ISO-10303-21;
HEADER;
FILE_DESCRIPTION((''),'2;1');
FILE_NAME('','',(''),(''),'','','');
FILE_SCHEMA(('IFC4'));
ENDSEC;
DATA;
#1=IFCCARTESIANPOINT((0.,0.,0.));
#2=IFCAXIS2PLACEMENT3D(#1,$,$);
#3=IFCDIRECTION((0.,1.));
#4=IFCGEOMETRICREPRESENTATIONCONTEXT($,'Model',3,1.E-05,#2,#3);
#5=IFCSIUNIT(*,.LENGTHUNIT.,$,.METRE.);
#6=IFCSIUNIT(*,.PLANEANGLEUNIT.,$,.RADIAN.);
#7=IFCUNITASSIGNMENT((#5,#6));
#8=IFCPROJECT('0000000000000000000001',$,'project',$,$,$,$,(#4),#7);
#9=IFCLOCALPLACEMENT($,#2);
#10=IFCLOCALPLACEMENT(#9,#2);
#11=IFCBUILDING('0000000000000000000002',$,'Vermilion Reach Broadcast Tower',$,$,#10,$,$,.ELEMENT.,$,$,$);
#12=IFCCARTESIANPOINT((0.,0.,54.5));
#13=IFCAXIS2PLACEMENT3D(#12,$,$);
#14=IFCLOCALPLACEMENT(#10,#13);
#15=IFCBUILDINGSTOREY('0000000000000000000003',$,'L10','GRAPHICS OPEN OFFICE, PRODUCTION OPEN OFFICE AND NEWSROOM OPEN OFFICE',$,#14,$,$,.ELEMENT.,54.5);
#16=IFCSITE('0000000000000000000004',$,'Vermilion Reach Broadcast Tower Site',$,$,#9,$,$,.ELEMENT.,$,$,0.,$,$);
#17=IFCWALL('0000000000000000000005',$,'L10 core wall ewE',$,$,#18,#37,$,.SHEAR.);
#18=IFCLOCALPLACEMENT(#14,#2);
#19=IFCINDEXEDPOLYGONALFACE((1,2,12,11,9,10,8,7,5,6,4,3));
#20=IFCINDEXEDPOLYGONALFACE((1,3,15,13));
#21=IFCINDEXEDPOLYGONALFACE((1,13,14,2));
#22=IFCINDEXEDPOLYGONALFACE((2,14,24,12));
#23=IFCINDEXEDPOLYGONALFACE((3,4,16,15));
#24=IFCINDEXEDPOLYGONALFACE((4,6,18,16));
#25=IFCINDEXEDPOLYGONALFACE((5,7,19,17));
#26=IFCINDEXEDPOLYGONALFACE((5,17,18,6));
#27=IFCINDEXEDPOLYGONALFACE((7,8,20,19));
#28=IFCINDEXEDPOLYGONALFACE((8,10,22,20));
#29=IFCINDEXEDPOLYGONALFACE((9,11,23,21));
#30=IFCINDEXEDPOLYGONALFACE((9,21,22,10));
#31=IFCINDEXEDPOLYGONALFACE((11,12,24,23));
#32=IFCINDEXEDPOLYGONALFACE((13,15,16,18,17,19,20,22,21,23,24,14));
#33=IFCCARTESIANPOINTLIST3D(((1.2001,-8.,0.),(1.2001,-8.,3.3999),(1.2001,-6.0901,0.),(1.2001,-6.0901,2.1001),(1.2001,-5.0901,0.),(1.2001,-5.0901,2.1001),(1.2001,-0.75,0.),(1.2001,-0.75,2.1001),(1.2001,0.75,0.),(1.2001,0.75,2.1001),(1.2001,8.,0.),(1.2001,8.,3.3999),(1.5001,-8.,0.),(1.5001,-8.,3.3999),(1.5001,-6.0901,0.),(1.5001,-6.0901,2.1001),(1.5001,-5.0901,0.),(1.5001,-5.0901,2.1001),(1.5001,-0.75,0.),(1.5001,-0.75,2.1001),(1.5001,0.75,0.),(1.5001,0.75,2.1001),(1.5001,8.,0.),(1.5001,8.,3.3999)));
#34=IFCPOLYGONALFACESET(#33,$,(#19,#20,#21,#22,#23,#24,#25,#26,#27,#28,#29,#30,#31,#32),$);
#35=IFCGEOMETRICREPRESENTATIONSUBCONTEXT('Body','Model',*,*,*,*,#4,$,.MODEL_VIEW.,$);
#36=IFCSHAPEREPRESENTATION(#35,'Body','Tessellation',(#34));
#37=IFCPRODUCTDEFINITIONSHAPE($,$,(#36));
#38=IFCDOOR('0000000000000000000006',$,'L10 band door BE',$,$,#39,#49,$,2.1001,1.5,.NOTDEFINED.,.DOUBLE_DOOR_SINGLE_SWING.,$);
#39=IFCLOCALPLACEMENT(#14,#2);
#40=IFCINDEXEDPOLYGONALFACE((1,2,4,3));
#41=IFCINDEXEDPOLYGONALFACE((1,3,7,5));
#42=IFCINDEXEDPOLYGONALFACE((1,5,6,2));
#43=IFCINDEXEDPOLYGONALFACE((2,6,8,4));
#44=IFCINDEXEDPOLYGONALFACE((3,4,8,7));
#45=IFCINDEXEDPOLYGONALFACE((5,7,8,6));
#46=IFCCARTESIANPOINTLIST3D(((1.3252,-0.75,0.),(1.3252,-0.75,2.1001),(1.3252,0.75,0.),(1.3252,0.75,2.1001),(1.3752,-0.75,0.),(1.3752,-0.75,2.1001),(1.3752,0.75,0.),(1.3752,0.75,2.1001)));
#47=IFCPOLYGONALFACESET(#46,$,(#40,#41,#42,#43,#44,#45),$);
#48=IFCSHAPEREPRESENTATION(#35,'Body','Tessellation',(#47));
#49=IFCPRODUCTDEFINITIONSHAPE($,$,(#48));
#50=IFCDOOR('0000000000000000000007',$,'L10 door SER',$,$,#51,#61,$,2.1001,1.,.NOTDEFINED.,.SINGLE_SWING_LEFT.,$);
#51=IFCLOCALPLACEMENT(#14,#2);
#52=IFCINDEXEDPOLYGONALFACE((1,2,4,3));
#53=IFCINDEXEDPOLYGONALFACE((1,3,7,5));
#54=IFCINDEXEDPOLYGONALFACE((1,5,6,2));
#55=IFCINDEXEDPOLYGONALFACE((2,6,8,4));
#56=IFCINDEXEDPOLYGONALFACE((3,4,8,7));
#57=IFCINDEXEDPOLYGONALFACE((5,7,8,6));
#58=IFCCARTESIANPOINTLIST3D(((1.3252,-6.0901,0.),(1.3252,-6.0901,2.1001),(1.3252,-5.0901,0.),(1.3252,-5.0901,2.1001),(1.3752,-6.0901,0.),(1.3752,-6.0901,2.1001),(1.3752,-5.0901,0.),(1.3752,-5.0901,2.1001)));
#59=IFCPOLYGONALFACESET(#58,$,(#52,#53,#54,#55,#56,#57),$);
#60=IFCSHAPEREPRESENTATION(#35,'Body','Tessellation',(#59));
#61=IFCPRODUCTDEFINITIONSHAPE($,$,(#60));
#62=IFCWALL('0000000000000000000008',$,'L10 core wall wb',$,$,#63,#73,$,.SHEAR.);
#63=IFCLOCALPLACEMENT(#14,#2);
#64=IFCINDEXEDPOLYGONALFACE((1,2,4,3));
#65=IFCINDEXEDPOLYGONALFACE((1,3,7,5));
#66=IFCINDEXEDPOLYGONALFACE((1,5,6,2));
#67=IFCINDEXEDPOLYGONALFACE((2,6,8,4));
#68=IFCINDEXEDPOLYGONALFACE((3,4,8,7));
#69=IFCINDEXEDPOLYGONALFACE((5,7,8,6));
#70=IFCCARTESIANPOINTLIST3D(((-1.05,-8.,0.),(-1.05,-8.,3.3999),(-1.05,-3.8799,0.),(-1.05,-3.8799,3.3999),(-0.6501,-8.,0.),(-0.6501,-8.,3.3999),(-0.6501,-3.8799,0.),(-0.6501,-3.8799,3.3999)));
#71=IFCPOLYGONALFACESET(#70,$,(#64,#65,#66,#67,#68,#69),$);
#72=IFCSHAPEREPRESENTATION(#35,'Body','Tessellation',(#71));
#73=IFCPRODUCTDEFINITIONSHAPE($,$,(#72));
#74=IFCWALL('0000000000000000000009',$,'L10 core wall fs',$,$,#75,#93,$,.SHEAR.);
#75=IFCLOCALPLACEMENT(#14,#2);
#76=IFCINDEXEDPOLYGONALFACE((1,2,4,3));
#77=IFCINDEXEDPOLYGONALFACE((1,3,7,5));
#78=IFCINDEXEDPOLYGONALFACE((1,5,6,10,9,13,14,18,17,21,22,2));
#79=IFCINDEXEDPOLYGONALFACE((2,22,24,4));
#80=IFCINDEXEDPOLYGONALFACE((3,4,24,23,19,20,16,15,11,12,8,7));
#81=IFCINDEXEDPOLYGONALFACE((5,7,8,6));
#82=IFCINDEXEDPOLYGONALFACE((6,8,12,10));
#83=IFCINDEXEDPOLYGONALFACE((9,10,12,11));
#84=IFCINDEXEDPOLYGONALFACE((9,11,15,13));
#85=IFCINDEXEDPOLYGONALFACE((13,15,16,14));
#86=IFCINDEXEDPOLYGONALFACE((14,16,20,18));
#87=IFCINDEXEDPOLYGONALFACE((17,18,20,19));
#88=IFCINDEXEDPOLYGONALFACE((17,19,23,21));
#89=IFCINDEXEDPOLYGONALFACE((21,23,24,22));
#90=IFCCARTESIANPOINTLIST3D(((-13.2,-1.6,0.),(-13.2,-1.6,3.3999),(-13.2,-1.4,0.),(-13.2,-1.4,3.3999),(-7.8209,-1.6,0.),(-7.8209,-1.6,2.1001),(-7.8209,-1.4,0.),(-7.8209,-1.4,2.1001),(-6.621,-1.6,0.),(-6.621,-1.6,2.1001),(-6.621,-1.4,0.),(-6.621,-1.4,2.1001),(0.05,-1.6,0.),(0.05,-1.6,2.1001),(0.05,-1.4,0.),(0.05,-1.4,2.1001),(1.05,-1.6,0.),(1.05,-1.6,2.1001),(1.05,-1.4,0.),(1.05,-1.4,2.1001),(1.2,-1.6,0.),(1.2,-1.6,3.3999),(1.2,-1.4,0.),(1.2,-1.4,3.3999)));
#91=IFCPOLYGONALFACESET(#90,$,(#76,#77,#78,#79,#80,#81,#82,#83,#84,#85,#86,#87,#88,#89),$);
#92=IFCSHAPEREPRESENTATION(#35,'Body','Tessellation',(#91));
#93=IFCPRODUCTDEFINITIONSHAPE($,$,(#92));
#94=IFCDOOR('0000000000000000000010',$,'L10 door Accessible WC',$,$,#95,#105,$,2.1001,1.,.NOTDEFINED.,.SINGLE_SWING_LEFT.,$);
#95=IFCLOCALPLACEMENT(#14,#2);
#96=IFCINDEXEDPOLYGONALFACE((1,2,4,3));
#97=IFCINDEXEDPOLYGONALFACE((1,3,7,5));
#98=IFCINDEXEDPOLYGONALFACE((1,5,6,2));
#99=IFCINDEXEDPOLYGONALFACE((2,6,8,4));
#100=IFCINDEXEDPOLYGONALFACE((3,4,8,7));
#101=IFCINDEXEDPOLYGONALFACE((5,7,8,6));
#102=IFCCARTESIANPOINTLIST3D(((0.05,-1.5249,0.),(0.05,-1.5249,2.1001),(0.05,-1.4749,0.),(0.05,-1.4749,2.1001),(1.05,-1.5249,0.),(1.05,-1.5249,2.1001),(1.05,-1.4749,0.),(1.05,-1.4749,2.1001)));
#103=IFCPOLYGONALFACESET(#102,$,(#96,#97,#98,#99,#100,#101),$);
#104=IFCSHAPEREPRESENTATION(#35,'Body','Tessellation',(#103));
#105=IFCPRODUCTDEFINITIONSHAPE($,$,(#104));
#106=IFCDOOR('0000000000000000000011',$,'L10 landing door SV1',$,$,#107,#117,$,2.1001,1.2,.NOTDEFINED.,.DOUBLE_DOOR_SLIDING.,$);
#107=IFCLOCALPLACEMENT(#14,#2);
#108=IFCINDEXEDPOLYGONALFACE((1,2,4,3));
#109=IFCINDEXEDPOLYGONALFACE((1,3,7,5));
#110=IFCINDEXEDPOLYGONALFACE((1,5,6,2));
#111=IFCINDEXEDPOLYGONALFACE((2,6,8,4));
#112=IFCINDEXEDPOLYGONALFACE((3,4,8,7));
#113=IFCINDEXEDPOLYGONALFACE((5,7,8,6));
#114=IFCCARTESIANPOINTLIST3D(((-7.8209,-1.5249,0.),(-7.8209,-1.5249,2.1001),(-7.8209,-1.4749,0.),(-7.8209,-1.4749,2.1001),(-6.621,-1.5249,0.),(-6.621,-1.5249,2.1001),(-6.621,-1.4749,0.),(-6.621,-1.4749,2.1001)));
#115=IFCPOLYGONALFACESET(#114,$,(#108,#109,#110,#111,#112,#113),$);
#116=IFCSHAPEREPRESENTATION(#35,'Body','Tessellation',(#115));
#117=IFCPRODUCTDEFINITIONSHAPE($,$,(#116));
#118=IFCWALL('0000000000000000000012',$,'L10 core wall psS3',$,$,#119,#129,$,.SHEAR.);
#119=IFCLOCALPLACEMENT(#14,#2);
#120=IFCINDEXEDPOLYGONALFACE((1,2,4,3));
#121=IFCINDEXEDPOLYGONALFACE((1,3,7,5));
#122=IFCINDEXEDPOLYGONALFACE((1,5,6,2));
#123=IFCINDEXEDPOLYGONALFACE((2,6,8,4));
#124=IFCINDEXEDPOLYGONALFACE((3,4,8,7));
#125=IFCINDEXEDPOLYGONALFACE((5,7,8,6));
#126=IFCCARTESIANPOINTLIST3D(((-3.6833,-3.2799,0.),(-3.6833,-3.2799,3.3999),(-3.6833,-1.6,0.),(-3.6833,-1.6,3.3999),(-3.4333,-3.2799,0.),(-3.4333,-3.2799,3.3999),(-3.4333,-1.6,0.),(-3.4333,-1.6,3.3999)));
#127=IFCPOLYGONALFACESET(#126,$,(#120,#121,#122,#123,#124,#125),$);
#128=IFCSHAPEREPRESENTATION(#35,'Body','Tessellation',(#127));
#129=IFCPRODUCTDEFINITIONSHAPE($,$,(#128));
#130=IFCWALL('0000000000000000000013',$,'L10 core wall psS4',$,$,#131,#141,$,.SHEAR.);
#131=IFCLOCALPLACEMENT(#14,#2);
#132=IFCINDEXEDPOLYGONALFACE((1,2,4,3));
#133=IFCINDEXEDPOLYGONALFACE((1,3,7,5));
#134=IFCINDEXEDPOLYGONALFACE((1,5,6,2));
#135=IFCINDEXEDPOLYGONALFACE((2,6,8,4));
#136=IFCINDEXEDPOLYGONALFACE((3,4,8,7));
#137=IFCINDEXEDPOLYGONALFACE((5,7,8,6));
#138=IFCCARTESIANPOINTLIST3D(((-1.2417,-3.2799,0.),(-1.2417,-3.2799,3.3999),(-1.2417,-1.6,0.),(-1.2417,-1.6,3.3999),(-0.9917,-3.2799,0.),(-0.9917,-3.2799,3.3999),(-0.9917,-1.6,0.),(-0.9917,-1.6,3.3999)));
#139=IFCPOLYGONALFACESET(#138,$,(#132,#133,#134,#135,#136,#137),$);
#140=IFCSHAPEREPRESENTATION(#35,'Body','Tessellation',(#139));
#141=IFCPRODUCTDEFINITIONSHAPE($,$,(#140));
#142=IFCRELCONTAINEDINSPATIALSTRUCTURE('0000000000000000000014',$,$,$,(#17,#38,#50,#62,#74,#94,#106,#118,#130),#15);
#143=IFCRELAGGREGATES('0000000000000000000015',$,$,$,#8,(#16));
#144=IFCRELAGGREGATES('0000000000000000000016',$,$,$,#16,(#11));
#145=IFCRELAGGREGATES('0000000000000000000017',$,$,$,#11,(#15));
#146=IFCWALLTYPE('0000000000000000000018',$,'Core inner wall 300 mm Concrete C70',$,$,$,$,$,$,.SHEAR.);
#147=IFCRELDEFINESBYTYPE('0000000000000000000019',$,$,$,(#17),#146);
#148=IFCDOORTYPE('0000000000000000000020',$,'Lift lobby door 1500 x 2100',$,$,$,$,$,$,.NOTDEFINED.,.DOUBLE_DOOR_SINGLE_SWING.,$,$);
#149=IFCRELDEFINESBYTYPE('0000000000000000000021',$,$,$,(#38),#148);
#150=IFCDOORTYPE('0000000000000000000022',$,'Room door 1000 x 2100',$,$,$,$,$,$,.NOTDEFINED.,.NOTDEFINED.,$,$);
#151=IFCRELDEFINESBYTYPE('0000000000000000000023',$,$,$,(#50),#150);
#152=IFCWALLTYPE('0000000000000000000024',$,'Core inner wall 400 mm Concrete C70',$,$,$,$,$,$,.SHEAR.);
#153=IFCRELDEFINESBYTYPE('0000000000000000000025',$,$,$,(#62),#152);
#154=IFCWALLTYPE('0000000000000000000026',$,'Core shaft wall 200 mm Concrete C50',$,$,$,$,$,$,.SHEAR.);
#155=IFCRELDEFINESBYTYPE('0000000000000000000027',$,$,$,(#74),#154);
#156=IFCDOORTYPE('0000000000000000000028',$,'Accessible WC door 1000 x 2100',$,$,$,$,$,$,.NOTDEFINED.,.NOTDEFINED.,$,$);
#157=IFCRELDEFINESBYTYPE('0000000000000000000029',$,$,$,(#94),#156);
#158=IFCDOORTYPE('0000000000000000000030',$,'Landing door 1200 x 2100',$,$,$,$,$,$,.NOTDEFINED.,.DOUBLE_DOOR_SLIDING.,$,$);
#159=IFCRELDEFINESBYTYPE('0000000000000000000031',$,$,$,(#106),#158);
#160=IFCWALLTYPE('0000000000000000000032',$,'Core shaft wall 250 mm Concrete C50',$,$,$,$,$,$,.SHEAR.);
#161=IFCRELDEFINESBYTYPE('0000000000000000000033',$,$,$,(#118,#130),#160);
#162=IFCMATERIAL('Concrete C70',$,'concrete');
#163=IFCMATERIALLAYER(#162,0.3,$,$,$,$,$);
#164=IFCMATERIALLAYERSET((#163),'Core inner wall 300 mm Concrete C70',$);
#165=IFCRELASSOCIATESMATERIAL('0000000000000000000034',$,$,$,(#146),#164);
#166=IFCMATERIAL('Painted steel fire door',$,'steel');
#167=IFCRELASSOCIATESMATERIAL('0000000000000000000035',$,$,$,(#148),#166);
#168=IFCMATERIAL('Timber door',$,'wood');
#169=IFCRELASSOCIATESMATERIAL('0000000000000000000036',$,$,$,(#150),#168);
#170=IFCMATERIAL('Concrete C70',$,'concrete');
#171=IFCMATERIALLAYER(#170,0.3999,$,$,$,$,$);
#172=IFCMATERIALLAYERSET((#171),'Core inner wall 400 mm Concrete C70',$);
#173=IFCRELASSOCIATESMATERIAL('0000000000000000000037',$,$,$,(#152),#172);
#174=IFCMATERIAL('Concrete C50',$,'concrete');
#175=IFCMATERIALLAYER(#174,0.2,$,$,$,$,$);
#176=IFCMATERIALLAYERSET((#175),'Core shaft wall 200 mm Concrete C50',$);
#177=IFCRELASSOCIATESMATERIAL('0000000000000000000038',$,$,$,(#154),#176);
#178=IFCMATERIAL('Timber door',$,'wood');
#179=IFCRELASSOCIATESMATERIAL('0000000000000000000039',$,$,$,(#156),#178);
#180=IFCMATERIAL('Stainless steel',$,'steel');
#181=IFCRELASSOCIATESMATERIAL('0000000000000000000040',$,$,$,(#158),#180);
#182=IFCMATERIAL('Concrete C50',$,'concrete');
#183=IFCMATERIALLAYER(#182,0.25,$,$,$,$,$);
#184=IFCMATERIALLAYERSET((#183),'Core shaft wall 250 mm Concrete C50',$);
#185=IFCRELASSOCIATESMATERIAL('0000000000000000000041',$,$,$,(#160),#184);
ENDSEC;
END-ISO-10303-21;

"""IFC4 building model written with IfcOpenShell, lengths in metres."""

from ifc_helpers import new_model, si_unit, direction, frame, frame_2d, origin, place, context, subcontext, project, spatial, rectangle, extrude, material, layer, layer_set, type_object, element, fill, save


model = new_model("IFC4")

# Units and contexts
model_context = context("Model", 3, precision=1e-05, world=origin(), true_north=direction((0.0, 1.0)))
body_context = subcontext(model_context, "Body", "Model", "MODEL_VIEW")
ifc_project = project(units=[si_unit("LENGTHUNIT", "METRE"), si_unit("PLANEANGLEUNIT", "RADIAN")], contexts=[model_context])

# Site, building, storey
site_placement = place(None, origin())
site = spatial("IfcSite", under=ifc_project, at=site_placement, Name="Vermilion Reach Broadcast Tower Site", CompositionType="ELEMENT", RefElevation=0.0)
building_placement = place(site_placement, origin())
building = spatial("IfcBuilding", under=site, at=building_placement, Name="Vermilion Reach Broadcast Tower", CompositionType="ELEMENT")
storey_placement = place(building_placement, frame((0.0, 0.0, 54.5)))
storey = spatial("IfcBuildingStorey", under=building, at=storey_placement, Name="L10", Description="GRAPHICS OPEN OFFICE, PRODUCTION OPEN OFFICE AND NEWSROOM OPEN OFFICE", CompositionType="ELEMENT", Elevation=54.5)

# Wall, openings, doors
ifc_material_1 = material(Name="Concrete C70", Category="concrete")
ifc_layer_1 = layer(ifc_material_1, 0.3)
ifc_layer_set_1 = layer_set([ifc_layer_1], Name="Core inner wall 300 mm Concrete C70")
wall_type_1 = type_object("IfcWallType", Name="Core inner wall 300 mm Concrete C70", PredefinedType="SHEAR", material=ifc_layer_set_1)
wall_1_placement = place(storey_placement, frame((1.3501, -8.0, 0.0), z_axis=(0.0, 0.0, 1.0), x_axis=(0.0, 1.0, 0.0)))
wall_1 = element("IfcWall", 1, at=wall_1_placement, inside=storey, type_object=wall_type_1, Name="L10 core wall ewE", PredefinedType="SHEAR", context=body_context, shape_type="SweptSolid", body=[
    extrude(rectangle(XDim=16.0, YDim=0.3, at=frame_2d((8.0, 0.0))), origin(), (0.0, 0.0, 1.0), 3.3999),
])
opening_1_placement = place(wall_1_placement, frame((1.9099, 0.0, 0.0)))
opening_1 = element("IfcOpeningElement", 2, at=opening_1_placement, cuts=wall_1, PredefinedType="OPENING", context=body_context, shape_type="SweptSolid", body=[
    extrude(rectangle(XDim=1.0, YDim=2.1001, at=frame_2d((0.5, 1.05))), frame((0.0, 0.1599, 0.0), z_axis=(0.0, -1.0, 0.0), x_axis=(1.0, 0.0, 0.0)), (0.0, 0.0, 1.0), 0.3201),
])
opening_2_placement = place(wall_1_placement, frame((7.25, 0.0, 0.0)))
opening_2 = element("IfcOpeningElement", 3, at=opening_2_placement, cuts=wall_1, PredefinedType="OPENING", context=body_context, shape_type="SweptSolid", body=[
    extrude(rectangle(XDim=1.5, YDim=2.1001, at=frame_2d((0.75, 1.05))), frame((0.0, 0.1599, 0.0), z_axis=(0.0, -1.0, 0.0), x_axis=(1.0, 0.0, 0.0)), (0.0, 0.0, 1.0), 0.3201),
])
ifc_material_2 = material(Name="Painted steel fire door", Category="steel")
door_type_1 = type_object("IfcDoorType", Name="Lift lobby door 1500 x 2100", OperationType="DOUBLE_DOOR_SINGLE_SWING", PredefinedType="NOTDEFINED", material=ifc_material_2)
door_1_placement = place(opening_2_placement, origin())
door_1 = element("IfcDoor", 4, at=door_1_placement, inside=storey, type_object=door_type_1, Name="L10 band door BE", OperationType="DOUBLE_DOOR_SINGLE_SWING", OverallHeight=2.1001, OverallWidth=1.5, PredefinedType="NOTDEFINED", context=body_context, shape_type="SweptSolid", body=[
    extrude(rectangle(XDim=1.5, YDim=2.1001, at=frame_2d((0.75, 1.05))), frame((0.0, 0.0249, 0.0), z_axis=(0.0, -1.0, 0.0), x_axis=(1.0, 0.0, 0.0)), (0.0, 0.0, 1.0), 0.05),
])
fill(opening_2, door_1)
ifc_material_3 = material(Name="Timber door", Category="wood")
door_type_2 = type_object("IfcDoorType", Name="Room door 1000 x 2100", OperationType="NOTDEFINED", PredefinedType="NOTDEFINED", material=ifc_material_3)
door_2_placement = place(opening_1_placement, origin())
door_2 = element("IfcDoor", 5, at=door_2_placement, inside=storey, type_object=door_type_2, Name="L10 door SER", OperationType="SINGLE_SWING_LEFT", OverallHeight=2.1001, OverallWidth=1.0, PredefinedType="NOTDEFINED", context=body_context, shape_type="SweptSolid", body=[
    extrude(rectangle(XDim=1.0, YDim=2.1001, at=frame_2d((0.5, 1.05))), frame((0.0, 0.0249, 0.0), z_axis=(0.0, -1.0, 0.0), x_axis=(1.0, 0.0, 0.0)), (0.0, 0.0, 1.0), 0.05),
])
fill(opening_1, door_2)

# Wall
ifc_material_4 = material(Name="Concrete C70", Category="concrete")
ifc_layer_2 = layer(ifc_material_4, 0.3999)
ifc_layer_set_2 = layer_set([ifc_layer_2], Name="Core inner wall 400 mm Concrete C70")
wall_type_2 = type_object("IfcWallType", Name="Core inner wall 400 mm Concrete C70", PredefinedType="SHEAR", material=ifc_layer_set_2)
wall_2_placement = place(storey_placement, frame((-0.8501, -3.8799, 0.0), z_axis=(0.0, 0.0, 1.0), x_axis=(0.0, -1.0, 0.0)))
element("IfcWall", 6, at=wall_2_placement, inside=storey, type_object=wall_type_2, Name="L10 core wall wb", PredefinedType="SHEAR", context=body_context, shape_type="SweptSolid", body=[
    extrude(rectangle(XDim=4.1201, YDim=0.3999, at=frame_2d((2.0601, 0.0))), origin(), (0.0, 0.0, 1.0), 3.3999),
])

# Wall, openings, doors
ifc_material_5 = material(Name="Concrete C50", Category="concrete")
ifc_layer_3 = layer(ifc_material_5, 0.2)
ifc_layer_set_3 = layer_set([ifc_layer_3], Name="Core shaft wall 200 mm Concrete C50")
wall_type_3 = type_object("IfcWallType", Name="Core shaft wall 200 mm Concrete C50", PredefinedType="SHEAR", material=ifc_layer_set_3)
wall_3_placement = place(storey_placement, frame((1.2, -1.5, 0.0), z_axis=(0.0, 0.0, 1.0), x_axis=(-1.0, 0.0, 0.0)))
wall_3 = element("IfcWall", 7, at=wall_3_placement, inside=storey, type_object=wall_type_3, Name="L10 core wall fs", PredefinedType="SHEAR", context=body_context, shape_type="SweptSolid", body=[
    extrude(rectangle(XDim=14.3999, YDim=0.2, at=frame_2d((7.2, 0.0))), origin(), (0.0, 0.0, 1.0), 3.3999),
])
opening_3_placement = place(wall_3_placement, frame((7.8208, 0.0, 0.0)))
opening_3 = element("IfcOpeningElement", 8, at=opening_3_placement, cuts=wall_3, PredefinedType="OPENING", context=body_context, shape_type="SweptSolid", body=[
    extrude(rectangle(XDim=1.2, YDim=2.1001, at=frame_2d((0.6001, 1.05))), frame((0.0, 0.1099, 0.0), z_axis=(0.0, -1.0, 0.0), x_axis=(1.0, 0.0, 0.0)), (0.0, 0.0, 1.0), 0.22),
])
opening_4_placement = place(wall_3_placement, frame((0.1499, 0.0, 0.0)))
opening_4 = element("IfcOpeningElement", 9, at=opening_4_placement, cuts=wall_3, PredefinedType="OPENING", context=body_context, shape_type="SweptSolid", body=[
    extrude(rectangle(XDim=1.0, YDim=2.1001, at=frame_2d((0.5, 1.05))), frame((0.0, 0.1099, 0.0), z_axis=(0.0, -1.0, 0.0), x_axis=(1.0, 0.0, 0.0)), (0.0, 0.0, 1.0), 0.22),
])
ifc_material_6 = material(Name="Timber door", Category="wood")
door_type_3 = type_object("IfcDoorType", Name="Accessible WC door 1000 x 2100", OperationType="NOTDEFINED", PredefinedType="NOTDEFINED", material=ifc_material_6)
door_3_placement = place(opening_4_placement, origin())
door_3 = element("IfcDoor", 10, at=door_3_placement, inside=storey, type_object=door_type_3, Name="L10 door Accessible WC", OperationType="SINGLE_SWING_LEFT", OverallHeight=2.1001, OverallWidth=1.0, PredefinedType="NOTDEFINED", context=body_context, shape_type="SweptSolid", body=[
    extrude(rectangle(XDim=1.0, YDim=2.1001, at=frame_2d((0.5, 1.05))), frame((0.0, 0.0249, 0.0), z_axis=(0.0, -1.0, 0.0), x_axis=(1.0, 0.0, 0.0)), (0.0, 0.0, 1.0), 0.05),
])
fill(opening_4, door_3)
ifc_material_7 = material(Name="Stainless steel", Category="steel")
door_type_4 = type_object("IfcDoorType", Name="Landing door 1200 x 2100", OperationType="DOUBLE_DOOR_SLIDING", PredefinedType="NOTDEFINED", material=ifc_material_7)
door_4_placement = place(opening_3_placement, origin())
door_4 = element("IfcDoor", 11, at=door_4_placement, inside=storey, type_object=door_type_4, Name="L10 landing door SV1", OperationType="DOUBLE_DOOR_SLIDING", OverallHeight=2.1001, OverallWidth=1.2, PredefinedType="NOTDEFINED", context=body_context, shape_type="SweptSolid", body=[
    extrude(rectangle(XDim=1.2, YDim=2.1001, at=frame_2d((0.6001, 1.05))), frame((0.0, 0.0249, 0.0), z_axis=(0.0, -1.0, 0.0), x_axis=(1.0, 0.0, 0.0)), (0.0, 0.0, 1.0), 0.05),
])
fill(opening_3, door_4)

# Walls
ifc_material_8 = material(Name="Concrete C50", Category="concrete")
ifc_layer_4 = layer(ifc_material_8, 0.25)
ifc_layer_set_4 = layer_set([ifc_layer_4], Name="Core shaft wall 250 mm Concrete C50")
wall_type_4 = type_object("IfcWallType", Name="Core shaft wall 250 mm Concrete C50", PredefinedType="SHEAR", material=ifc_layer_set_4)
for number, where, z_axis, x_axis, name in (
    (12, (-3.5583, -1.6001, 0.0), (0.0, 0.0, 1.0), (0.0, -1.0, 0.0), "L10 core wall psS3"),
    (13, (-1.1167, -1.6001, 0.0), (0.0, 0.0, 1.0), (0.0, -1.0, 0.0), "L10 core wall psS4"),
):
    element("IfcWall", number, at=place(storey_placement, frame(where, z_axis=z_axis, x_axis=x_axis)), inside=storey, type_object=wall_type_4, Name=name, PredefinedType="SHEAR", context=body_context, shape_type="SweptSolid", body=[
        extrude(rectangle(XDim=1.6799, YDim=0.25, at=frame_2d((0.8398, 0.0))), origin(), (0.0, 0.0, 1.0), 3.3999),
    ])

save(model, "model.ifc")
